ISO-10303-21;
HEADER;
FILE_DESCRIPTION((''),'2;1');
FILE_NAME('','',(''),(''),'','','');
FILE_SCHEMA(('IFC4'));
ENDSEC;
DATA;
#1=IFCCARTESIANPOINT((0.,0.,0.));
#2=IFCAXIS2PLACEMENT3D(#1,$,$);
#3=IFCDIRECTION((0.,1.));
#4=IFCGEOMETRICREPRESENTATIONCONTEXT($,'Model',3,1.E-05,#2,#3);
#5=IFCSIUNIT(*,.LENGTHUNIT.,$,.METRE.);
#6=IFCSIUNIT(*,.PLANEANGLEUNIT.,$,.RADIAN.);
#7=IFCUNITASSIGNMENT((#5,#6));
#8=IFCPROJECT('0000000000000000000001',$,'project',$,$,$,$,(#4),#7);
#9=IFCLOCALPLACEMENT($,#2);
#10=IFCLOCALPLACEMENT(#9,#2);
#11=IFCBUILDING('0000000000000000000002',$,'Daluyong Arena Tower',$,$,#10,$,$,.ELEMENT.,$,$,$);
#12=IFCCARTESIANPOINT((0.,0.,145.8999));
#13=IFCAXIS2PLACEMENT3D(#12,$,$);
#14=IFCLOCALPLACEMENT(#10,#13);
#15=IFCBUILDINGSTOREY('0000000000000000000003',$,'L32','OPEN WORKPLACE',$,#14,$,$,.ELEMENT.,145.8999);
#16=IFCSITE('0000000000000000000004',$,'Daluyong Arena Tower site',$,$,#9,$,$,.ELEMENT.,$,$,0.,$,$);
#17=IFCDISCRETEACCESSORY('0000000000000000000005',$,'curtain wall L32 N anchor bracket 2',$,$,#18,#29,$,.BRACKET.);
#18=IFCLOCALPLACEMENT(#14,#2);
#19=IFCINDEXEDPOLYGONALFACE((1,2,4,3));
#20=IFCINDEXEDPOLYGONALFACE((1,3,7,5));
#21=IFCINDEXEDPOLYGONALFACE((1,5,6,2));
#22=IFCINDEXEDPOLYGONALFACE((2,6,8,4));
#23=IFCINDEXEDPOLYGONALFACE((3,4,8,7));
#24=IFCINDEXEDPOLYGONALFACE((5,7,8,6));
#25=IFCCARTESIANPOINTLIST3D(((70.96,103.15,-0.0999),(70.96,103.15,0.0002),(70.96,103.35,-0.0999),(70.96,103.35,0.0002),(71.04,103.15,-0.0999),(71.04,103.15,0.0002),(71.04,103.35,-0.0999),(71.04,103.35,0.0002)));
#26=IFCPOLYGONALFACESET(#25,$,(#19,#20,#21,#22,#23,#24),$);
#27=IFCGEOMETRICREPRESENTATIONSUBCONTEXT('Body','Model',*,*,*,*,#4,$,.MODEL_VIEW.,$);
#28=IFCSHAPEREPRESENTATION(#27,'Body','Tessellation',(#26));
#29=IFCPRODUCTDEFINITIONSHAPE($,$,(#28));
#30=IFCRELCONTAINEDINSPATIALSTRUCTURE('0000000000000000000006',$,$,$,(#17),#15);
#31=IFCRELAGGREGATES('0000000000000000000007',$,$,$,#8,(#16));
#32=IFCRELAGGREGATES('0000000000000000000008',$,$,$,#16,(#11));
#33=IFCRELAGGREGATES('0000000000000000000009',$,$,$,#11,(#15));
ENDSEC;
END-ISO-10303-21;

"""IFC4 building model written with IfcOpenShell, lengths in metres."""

from ifc_helpers import new_model, si_unit, direction, frame, origin, origin_2d, place, context, subcontext, project, spatial, rectangle, extrude, element, save


model = new_model("IFC4")

# Units and contexts
model_context = context("Model", 3, precision=1e-05, world=origin(), true_north=direction((0.0, 1.0)))
body_context = subcontext(model_context, "Body", "Model", "MODEL_VIEW")
ifc_project = project(units=[si_unit("LENGTHUNIT", "METRE"), si_unit("PLANEANGLEUNIT", "RADIAN")], contexts=[model_context])

# Site, building, storey
site_placement = place(None, origin())
site = spatial("IfcSite", under=ifc_project, at=site_placement, Name="Daluyong Arena Tower site", CompositionType="ELEMENT", RefElevation=0.0)
building_placement = place(site_placement, origin())
building = spatial("IfcBuilding", under=site, at=building_placement, Name="Daluyong Arena Tower", CompositionType="ELEMENT")
storey_placement = place(building_placement, frame((0.0, 0.0, 145.8999)))
storey = spatial("IfcBuildingStorey", under=building, at=storey_placement, Name="L32", Description="OPEN WORKPLACE", CompositionType="ELEMENT", Elevation=145.8999)

# Discrete accessory
discrete_accessory_placement = place(storey_placement, frame((71.0, 103.25, -0.0999), z_axis=(0.0, 0.0, 1.0), x_axis=(-1.0, 0.0, 0.0)))
element("IfcDiscreteAccessory", 1, at=discrete_accessory_placement, inside=storey, Name="curtain wall L32 N anchor bracket 2", PredefinedType="BRACKET", context=body_context, shape_type="SweptSolid", body=[
    extrude(rectangle(XDim=0.0801, YDim=0.2, at=origin_2d()), origin(), (0.0, 0.0, 1.0), 0.1001),
])

save(model, "model.ifc")
